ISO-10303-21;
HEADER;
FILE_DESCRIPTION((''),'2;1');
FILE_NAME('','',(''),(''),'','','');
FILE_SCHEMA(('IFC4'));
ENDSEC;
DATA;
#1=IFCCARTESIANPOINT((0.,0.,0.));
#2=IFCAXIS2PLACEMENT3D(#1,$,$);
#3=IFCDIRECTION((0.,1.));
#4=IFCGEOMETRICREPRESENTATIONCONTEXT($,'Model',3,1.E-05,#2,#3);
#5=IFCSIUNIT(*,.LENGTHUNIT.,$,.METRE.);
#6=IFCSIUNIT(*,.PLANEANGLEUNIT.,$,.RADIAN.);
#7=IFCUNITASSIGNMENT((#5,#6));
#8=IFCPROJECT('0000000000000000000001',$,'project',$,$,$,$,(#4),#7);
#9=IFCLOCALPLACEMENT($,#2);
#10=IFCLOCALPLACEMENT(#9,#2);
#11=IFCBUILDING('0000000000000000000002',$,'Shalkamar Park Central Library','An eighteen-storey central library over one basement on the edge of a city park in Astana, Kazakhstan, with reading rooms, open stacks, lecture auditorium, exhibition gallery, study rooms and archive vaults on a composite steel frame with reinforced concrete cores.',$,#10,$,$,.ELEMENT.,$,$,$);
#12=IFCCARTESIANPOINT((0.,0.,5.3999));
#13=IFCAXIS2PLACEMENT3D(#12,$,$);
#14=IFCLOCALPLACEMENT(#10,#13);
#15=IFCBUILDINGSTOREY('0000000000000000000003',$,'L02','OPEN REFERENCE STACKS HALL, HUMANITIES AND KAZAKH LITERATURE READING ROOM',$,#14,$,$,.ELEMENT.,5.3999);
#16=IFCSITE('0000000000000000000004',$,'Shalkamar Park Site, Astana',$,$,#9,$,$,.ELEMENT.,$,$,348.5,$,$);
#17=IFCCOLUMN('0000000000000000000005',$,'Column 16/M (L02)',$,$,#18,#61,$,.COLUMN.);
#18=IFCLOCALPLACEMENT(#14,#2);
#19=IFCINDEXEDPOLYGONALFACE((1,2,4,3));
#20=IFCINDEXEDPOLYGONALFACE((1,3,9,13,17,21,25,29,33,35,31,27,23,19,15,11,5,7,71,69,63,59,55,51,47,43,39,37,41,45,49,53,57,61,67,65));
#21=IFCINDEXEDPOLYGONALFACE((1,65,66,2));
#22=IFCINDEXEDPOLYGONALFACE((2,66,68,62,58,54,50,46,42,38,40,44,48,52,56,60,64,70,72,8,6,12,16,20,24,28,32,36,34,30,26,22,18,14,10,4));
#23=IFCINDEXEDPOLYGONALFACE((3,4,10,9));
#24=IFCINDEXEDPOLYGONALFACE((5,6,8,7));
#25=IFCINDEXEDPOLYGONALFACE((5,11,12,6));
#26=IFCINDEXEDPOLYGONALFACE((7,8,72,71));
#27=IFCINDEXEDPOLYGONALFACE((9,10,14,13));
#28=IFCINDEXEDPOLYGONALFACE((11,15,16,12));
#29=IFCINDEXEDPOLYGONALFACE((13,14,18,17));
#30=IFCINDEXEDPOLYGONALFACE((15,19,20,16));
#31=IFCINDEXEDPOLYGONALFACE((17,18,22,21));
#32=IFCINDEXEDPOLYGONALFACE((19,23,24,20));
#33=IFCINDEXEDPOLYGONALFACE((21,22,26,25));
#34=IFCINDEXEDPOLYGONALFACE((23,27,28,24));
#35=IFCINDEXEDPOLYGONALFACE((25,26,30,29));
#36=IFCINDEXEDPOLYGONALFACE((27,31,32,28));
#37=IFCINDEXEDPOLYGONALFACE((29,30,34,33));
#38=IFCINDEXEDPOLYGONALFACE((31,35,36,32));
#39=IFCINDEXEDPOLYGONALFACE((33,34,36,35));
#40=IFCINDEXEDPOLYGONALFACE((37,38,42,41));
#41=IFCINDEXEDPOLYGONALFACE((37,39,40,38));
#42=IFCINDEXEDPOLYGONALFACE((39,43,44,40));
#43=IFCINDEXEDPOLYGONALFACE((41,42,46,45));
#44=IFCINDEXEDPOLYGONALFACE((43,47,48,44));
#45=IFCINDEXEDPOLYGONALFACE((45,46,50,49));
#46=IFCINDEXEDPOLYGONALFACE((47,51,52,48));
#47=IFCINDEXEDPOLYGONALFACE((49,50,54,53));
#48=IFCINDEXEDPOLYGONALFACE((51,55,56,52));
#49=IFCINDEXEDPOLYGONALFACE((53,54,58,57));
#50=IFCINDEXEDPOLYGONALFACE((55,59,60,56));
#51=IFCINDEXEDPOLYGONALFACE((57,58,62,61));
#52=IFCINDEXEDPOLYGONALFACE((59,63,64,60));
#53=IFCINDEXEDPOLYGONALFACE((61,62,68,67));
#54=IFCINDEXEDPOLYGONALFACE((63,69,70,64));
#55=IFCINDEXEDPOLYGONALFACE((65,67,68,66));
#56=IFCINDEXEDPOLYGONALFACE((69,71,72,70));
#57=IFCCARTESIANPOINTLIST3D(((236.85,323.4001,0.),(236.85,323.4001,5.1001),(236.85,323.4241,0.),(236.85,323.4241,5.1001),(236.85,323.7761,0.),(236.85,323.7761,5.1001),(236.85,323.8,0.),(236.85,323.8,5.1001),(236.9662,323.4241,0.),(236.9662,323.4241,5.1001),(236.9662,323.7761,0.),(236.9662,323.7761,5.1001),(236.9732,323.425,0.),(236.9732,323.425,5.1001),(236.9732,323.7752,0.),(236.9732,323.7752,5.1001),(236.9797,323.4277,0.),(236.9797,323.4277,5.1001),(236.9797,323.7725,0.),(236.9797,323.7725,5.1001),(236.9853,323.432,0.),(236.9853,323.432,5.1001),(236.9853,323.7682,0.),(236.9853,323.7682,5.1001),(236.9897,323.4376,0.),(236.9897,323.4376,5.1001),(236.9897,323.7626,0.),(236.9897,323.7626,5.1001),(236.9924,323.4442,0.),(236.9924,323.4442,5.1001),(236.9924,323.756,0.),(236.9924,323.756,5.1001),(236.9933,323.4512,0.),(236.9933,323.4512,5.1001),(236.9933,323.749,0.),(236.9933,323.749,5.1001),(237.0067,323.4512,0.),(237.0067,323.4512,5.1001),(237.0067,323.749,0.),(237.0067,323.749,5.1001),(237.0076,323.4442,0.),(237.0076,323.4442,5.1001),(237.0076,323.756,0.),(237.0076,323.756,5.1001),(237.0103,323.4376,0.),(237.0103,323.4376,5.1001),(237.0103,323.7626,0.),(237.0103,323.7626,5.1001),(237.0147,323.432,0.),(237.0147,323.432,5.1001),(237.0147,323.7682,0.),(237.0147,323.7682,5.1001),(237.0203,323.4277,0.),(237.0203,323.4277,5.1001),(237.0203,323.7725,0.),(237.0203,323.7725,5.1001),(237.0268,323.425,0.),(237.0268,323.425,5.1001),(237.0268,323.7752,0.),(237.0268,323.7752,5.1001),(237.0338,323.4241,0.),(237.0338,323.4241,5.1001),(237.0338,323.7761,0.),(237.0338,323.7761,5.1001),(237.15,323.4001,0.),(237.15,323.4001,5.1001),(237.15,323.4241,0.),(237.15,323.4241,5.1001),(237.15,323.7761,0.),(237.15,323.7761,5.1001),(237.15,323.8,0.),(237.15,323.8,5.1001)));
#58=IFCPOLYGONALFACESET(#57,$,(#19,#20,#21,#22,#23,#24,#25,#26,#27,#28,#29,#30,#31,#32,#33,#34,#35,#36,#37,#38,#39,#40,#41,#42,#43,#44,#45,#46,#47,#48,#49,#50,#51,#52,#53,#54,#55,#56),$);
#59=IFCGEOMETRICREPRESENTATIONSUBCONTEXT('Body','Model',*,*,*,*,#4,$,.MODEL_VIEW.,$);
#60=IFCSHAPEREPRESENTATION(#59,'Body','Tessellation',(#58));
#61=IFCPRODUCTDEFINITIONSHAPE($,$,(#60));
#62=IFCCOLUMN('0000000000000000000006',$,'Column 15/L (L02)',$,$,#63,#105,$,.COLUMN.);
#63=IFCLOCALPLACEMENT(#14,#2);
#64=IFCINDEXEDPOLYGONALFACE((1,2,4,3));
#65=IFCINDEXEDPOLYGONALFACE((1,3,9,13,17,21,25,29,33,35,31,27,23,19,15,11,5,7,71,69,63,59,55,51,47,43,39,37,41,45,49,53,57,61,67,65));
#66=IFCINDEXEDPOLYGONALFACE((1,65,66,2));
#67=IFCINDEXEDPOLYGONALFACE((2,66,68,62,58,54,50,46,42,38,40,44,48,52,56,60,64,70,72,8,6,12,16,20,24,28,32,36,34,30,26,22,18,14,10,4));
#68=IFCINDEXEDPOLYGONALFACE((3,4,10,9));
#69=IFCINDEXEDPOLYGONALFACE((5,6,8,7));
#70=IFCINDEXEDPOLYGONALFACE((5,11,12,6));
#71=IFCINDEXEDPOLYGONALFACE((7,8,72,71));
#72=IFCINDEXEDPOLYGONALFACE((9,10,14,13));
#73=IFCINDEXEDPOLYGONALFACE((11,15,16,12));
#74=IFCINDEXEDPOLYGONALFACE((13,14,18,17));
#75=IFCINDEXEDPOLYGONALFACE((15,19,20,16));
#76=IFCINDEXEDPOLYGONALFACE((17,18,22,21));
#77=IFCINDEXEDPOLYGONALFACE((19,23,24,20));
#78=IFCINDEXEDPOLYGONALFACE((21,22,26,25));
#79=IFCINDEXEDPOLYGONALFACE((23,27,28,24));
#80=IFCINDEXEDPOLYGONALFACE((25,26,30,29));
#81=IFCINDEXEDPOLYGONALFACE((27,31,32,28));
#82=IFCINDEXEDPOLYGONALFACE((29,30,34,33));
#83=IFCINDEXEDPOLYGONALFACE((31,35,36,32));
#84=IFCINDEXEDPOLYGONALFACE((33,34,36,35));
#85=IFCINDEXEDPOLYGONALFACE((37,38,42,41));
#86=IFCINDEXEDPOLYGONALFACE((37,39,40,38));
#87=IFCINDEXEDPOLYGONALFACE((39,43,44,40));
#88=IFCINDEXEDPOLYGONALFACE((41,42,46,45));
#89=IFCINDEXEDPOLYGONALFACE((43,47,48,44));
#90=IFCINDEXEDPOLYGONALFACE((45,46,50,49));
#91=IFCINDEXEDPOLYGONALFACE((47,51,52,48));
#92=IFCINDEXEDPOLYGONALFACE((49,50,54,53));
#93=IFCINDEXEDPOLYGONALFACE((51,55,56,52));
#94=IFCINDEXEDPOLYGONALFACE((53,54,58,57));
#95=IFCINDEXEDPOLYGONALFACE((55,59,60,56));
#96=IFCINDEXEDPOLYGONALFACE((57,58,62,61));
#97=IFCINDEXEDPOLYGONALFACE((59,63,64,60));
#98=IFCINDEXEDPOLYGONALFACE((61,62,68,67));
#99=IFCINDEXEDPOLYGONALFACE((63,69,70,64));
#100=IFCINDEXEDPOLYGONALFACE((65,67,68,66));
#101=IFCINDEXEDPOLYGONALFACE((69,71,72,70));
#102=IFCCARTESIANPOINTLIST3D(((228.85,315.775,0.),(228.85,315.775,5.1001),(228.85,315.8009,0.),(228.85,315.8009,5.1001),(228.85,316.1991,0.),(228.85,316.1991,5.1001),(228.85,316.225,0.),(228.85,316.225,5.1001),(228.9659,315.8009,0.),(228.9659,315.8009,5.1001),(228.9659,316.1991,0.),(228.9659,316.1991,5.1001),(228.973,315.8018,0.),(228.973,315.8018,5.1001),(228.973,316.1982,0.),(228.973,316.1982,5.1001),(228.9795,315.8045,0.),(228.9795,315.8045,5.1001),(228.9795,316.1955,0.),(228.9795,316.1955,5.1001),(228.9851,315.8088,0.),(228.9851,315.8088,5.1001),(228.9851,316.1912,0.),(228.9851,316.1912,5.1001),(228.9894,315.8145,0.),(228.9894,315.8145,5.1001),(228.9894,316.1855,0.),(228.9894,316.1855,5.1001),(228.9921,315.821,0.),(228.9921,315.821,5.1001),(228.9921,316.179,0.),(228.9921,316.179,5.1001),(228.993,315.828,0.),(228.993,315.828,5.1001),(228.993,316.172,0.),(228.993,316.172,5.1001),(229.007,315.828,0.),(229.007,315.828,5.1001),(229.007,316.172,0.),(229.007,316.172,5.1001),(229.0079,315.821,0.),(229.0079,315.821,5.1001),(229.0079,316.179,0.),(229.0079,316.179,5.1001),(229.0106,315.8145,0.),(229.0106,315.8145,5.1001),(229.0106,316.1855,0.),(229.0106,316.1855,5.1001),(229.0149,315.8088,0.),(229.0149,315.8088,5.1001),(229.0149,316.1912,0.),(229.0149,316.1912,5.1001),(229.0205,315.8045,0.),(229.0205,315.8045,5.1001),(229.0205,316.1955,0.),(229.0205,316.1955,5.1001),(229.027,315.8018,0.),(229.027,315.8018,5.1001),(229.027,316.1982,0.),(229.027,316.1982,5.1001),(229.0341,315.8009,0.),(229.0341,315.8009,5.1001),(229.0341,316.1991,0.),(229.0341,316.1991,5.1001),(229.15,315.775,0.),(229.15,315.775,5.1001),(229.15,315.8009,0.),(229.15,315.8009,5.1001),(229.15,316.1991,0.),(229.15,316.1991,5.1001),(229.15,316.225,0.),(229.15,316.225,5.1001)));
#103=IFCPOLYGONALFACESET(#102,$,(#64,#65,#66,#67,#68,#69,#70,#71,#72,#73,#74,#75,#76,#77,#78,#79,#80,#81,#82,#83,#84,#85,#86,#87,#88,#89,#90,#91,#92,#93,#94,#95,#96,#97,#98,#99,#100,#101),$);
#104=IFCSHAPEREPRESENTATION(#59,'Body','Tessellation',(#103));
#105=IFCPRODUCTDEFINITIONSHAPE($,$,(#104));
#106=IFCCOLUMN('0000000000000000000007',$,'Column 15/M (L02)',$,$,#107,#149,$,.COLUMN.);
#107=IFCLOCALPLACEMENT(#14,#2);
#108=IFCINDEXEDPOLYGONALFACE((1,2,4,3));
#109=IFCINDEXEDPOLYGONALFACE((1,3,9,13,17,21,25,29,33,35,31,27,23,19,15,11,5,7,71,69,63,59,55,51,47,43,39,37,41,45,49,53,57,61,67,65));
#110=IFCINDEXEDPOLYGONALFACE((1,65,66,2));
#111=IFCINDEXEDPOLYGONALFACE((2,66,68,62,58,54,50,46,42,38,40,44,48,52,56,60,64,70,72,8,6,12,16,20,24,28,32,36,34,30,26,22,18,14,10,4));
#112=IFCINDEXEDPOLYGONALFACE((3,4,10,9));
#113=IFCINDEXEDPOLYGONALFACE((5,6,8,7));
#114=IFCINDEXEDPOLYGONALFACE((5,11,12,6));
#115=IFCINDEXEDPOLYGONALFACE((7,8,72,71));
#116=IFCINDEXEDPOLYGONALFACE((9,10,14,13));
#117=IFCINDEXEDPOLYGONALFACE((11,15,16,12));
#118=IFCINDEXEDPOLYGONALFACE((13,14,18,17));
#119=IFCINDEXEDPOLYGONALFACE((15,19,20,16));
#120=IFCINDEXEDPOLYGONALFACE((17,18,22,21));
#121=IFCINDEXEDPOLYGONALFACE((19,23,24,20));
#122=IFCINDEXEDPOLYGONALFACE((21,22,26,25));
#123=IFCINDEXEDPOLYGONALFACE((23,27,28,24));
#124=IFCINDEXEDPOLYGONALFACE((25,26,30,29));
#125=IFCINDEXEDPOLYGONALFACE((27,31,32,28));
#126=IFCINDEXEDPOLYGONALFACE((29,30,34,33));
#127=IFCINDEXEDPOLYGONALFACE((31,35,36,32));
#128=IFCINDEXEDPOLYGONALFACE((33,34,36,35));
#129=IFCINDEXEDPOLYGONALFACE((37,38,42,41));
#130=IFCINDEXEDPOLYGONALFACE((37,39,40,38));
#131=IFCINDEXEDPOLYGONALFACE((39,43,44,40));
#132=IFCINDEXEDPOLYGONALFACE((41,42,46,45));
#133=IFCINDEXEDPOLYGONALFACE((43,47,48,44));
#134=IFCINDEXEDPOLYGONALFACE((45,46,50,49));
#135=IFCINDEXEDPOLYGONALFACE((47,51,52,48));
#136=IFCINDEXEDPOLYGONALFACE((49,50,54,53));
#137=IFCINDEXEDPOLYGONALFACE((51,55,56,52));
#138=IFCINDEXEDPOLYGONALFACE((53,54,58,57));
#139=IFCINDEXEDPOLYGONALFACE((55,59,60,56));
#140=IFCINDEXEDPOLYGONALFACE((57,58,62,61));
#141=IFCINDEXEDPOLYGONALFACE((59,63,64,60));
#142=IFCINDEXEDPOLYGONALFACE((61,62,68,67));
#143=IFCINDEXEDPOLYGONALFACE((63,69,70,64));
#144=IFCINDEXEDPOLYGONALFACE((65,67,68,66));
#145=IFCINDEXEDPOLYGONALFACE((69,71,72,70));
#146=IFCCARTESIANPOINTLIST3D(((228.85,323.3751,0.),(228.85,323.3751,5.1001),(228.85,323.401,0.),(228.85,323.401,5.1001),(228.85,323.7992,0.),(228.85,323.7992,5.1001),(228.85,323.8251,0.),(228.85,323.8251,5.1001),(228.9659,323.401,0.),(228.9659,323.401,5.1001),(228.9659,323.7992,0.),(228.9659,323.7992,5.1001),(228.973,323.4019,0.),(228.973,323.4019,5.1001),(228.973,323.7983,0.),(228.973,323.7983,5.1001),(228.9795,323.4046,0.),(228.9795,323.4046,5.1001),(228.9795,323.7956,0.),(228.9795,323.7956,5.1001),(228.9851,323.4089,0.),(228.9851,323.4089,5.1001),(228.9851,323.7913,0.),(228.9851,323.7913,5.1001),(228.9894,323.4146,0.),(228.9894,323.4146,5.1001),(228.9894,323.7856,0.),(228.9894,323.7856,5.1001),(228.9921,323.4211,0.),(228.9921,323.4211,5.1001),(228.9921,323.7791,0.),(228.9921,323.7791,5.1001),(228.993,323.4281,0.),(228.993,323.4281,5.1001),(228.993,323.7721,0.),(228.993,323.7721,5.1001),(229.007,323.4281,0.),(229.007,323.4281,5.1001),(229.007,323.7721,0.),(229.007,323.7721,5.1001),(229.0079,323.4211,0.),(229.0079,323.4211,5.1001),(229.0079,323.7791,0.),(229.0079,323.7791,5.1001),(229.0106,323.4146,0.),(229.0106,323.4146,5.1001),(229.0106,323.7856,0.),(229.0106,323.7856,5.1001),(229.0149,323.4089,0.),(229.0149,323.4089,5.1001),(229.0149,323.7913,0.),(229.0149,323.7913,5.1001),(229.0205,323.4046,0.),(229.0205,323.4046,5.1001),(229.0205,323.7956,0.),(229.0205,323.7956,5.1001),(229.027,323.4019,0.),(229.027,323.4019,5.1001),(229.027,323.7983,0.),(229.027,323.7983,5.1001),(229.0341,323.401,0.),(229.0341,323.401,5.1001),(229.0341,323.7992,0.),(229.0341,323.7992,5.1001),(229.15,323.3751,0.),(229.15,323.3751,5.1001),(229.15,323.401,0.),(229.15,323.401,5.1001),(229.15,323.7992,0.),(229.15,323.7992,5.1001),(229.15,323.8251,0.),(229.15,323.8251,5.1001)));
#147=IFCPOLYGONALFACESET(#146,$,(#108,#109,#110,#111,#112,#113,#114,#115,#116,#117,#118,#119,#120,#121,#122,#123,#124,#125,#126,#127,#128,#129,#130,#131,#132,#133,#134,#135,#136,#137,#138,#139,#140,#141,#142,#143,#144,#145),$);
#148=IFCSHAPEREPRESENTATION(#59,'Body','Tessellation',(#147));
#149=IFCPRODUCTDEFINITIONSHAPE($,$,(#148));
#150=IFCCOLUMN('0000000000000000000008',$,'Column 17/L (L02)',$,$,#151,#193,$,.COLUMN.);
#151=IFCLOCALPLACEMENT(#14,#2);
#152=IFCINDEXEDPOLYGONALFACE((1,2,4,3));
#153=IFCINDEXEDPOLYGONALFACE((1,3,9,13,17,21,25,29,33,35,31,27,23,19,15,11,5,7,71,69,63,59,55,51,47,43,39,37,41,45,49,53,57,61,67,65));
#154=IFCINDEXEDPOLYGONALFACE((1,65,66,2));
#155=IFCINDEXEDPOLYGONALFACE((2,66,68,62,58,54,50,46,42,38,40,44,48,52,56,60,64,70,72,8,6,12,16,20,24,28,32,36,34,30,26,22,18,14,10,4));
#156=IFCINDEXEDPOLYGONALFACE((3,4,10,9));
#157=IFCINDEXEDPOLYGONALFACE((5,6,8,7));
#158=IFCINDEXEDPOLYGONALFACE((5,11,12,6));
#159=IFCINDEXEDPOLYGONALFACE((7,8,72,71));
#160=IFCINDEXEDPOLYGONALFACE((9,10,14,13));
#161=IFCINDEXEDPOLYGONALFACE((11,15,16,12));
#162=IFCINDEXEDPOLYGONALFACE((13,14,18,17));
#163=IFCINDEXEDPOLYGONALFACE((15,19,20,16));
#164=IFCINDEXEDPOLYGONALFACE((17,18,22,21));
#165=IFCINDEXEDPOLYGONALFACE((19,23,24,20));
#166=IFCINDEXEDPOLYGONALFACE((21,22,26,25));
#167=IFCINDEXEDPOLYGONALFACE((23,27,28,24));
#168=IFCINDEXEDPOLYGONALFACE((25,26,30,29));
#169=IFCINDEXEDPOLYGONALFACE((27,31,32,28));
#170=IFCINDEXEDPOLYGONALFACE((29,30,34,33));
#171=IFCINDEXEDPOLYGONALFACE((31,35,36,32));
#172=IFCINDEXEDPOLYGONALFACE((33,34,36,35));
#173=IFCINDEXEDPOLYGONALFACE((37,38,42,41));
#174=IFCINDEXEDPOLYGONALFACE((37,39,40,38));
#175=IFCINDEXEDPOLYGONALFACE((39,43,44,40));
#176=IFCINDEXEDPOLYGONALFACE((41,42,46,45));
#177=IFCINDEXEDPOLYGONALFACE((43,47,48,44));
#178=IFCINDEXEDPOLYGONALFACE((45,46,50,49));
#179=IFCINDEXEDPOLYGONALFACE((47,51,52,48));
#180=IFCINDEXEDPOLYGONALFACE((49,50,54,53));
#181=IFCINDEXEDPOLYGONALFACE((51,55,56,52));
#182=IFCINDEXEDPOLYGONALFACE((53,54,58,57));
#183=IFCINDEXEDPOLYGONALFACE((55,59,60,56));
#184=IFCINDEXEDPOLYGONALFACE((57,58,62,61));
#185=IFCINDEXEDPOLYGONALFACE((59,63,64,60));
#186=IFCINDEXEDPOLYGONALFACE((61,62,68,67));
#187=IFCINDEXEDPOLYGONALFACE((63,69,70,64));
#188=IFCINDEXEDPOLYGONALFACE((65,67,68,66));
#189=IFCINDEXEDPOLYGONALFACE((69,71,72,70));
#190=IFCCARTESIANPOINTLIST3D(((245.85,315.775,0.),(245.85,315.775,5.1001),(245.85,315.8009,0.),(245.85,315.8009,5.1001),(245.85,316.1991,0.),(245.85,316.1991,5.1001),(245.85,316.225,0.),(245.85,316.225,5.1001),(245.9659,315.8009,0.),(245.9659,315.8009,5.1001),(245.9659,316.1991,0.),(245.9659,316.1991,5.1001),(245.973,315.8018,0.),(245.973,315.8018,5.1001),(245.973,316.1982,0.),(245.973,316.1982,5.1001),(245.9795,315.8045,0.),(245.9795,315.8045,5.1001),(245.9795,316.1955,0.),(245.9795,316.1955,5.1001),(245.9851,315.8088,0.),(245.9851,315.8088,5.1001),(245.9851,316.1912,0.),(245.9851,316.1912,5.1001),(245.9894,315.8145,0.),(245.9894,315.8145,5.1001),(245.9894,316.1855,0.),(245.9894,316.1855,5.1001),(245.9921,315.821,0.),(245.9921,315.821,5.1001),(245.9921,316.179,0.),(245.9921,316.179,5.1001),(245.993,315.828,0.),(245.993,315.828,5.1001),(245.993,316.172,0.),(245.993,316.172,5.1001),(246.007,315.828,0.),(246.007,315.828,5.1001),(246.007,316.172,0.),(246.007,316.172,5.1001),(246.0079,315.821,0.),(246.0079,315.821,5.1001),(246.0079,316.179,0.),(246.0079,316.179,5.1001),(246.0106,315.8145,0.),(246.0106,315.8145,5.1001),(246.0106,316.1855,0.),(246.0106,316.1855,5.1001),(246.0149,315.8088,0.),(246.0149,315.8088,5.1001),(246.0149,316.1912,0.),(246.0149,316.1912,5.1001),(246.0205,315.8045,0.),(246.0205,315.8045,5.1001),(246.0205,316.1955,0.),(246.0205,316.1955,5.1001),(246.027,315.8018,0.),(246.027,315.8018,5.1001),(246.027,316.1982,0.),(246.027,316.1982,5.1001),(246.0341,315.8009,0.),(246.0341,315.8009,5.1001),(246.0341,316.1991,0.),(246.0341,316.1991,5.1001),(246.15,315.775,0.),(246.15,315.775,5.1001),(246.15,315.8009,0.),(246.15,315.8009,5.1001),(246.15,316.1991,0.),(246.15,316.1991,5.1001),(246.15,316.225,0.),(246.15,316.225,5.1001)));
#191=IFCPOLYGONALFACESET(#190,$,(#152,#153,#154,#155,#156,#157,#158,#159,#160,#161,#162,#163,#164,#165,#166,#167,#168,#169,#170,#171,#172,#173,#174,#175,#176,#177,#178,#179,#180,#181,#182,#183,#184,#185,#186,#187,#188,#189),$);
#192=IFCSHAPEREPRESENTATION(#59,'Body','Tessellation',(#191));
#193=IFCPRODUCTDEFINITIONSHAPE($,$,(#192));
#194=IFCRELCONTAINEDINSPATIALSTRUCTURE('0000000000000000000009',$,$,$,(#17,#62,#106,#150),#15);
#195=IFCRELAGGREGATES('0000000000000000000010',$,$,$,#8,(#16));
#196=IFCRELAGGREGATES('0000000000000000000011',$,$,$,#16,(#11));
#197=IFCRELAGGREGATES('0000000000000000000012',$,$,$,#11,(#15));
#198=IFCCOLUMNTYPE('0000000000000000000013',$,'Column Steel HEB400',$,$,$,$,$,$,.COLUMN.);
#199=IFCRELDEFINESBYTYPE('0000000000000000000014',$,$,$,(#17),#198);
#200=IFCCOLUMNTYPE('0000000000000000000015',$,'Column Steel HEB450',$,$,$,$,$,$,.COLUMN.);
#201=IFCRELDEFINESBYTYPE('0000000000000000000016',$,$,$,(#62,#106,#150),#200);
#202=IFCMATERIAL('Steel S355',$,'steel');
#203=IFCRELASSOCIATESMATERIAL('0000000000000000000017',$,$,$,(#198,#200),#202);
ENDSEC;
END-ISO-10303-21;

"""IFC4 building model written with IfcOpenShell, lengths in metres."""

from ifc_helpers import new_model, si_unit, direction, frame, origin, origin_2d, place, context, subcontext, project, spatial, i_section, extrude, material, material_profile, profile_set, type_object, element, save


model = new_model("IFC4")

# Units and contexts
model_context = context("Model", 3, precision=1e-05, world=origin(), true_north=direction((0.0, 1.0)))
body_context = subcontext(model_context, "Body", "Model", "MODEL_VIEW")
ifc_project = project(units=[si_unit("LENGTHUNIT", "METRE"), si_unit("PLANEANGLEUNIT", "RADIAN")], contexts=[model_context])

# Site, building, storey
site_placement = place(None, origin())
site = spatial("IfcSite", under=ifc_project, at=site_placement, Name="Shalkamar Park Site, Astana", CompositionType="ELEMENT", RefElevation=348.5)
building_placement = place(site_placement, origin())
building = spatial("IfcBuilding", under=site, at=building_placement, Name="Shalkamar Park Central Library", Description="An eighteen-storey central library over one basement on the edge of a city park in Astana, Kazakhstan, with reading rooms, open stacks, lecture auditorium, exhibition gallery, study rooms and archive vaults on a composite steel frame with reinforced concrete cores.", CompositionType="ELEMENT")
storey_placement = place(building_placement, frame((0.0, 0.0, 5.3999)))
storey = spatial("IfcBuildingStorey", under=building, at=storey_placement, Name="L02", Description="OPEN REFERENCE STACKS HALL, HUMANITIES AND KAZAKH LITERATURE READING ROOM", CompositionType="ELEMENT", Elevation=5.3999)

# Columns
ifc_material = material(Name="Steel S355", Category="steel")
ifc_material_profile_1 = material_profile(ifc_material, i_section(OverallWidth=0.3, OverallDepth=0.3999, WebThickness=0.0134, FlangeThickness=0.0239, FilletRadius=0.0271, at=origin_2d()), Name="HEB 400")
ifc_profile_set_1 = profile_set([ifc_material_profile_1], Name="Steel S355")
column_type_1 = type_object("IfcColumnType", Name="Column Steel HEB400", PredefinedType="COLUMN", material=ifc_profile_set_1)
for number, where, z_axis, x_axis, name in (
    (1, (237.0, 323.6001, 0.0), (0.0, 0.0, 1.0), (1.0, 0.0, 0.0), "Column 16/M (L02)"),
):
    element("IfcColumn", number, at=place(storey_placement, frame(where, z_axis=z_axis, x_axis=x_axis)), inside=storey, type_object=column_type_1, Name=name, PredefinedType="COLUMN", context=body_context, shape_type="SweptSolid", body=[
        extrude(i_section(OverallWidth=0.3, OverallDepth=0.3999, WebThickness=0.0134, FlangeThickness=0.0239, FilletRadius=0.0271, at=origin_2d()), origin(), (0.0, 0.0, 1.0), 5.1001),
    ])
ifc_material_profile_2 = material_profile(ifc_material, i_section(OverallWidth=0.3, OverallDepth=0.45, WebThickness=0.0139, FlangeThickness=0.0259, FilletRadius=0.0271, at=origin_2d()), Name="HEB 450")
ifc_profile_set_2 = profile_set([ifc_material_profile_2], Name="Steel S355")
column_type_2 = type_object("IfcColumnType", Name="Column Steel HEB450", PredefinedType="COLUMN", material=ifc_profile_set_2)
for number, where, z_axis, x_axis, name in (
    (2, (229.0, 316.0, 0.0), (0.0, 0.0, 1.0), (1.0, 0.0, 0.0), "Column 15/L (L02)"),
    (3, (229.0, 323.6001, 0.0), (0.0, 0.0, 1.0), (1.0, 0.0, 0.0), "Column 15/M (L02)"),
    (4, (246.0, 316.0, 0.0), (0.0, 0.0, 1.0), (1.0, 0.0, 0.0), "Column 17/L (L02)"),
):
    element("IfcColumn", number, at=place(storey_placement, frame(where, z_axis=z_axis, x_axis=x_axis)), inside=storey, type_object=column_type_2, Name=name, PredefinedType="COLUMN", context=body_context, shape_type="SweptSolid", body=[
        extrude(i_section(OverallWidth=0.3, OverallDepth=0.45, WebThickness=0.0139, FlangeThickness=0.0259, FilletRadius=0.0271, at=origin_2d()), origin(), (0.0, 0.0, 1.0), 5.1001),
    ])

save(model, "model.ifc")
